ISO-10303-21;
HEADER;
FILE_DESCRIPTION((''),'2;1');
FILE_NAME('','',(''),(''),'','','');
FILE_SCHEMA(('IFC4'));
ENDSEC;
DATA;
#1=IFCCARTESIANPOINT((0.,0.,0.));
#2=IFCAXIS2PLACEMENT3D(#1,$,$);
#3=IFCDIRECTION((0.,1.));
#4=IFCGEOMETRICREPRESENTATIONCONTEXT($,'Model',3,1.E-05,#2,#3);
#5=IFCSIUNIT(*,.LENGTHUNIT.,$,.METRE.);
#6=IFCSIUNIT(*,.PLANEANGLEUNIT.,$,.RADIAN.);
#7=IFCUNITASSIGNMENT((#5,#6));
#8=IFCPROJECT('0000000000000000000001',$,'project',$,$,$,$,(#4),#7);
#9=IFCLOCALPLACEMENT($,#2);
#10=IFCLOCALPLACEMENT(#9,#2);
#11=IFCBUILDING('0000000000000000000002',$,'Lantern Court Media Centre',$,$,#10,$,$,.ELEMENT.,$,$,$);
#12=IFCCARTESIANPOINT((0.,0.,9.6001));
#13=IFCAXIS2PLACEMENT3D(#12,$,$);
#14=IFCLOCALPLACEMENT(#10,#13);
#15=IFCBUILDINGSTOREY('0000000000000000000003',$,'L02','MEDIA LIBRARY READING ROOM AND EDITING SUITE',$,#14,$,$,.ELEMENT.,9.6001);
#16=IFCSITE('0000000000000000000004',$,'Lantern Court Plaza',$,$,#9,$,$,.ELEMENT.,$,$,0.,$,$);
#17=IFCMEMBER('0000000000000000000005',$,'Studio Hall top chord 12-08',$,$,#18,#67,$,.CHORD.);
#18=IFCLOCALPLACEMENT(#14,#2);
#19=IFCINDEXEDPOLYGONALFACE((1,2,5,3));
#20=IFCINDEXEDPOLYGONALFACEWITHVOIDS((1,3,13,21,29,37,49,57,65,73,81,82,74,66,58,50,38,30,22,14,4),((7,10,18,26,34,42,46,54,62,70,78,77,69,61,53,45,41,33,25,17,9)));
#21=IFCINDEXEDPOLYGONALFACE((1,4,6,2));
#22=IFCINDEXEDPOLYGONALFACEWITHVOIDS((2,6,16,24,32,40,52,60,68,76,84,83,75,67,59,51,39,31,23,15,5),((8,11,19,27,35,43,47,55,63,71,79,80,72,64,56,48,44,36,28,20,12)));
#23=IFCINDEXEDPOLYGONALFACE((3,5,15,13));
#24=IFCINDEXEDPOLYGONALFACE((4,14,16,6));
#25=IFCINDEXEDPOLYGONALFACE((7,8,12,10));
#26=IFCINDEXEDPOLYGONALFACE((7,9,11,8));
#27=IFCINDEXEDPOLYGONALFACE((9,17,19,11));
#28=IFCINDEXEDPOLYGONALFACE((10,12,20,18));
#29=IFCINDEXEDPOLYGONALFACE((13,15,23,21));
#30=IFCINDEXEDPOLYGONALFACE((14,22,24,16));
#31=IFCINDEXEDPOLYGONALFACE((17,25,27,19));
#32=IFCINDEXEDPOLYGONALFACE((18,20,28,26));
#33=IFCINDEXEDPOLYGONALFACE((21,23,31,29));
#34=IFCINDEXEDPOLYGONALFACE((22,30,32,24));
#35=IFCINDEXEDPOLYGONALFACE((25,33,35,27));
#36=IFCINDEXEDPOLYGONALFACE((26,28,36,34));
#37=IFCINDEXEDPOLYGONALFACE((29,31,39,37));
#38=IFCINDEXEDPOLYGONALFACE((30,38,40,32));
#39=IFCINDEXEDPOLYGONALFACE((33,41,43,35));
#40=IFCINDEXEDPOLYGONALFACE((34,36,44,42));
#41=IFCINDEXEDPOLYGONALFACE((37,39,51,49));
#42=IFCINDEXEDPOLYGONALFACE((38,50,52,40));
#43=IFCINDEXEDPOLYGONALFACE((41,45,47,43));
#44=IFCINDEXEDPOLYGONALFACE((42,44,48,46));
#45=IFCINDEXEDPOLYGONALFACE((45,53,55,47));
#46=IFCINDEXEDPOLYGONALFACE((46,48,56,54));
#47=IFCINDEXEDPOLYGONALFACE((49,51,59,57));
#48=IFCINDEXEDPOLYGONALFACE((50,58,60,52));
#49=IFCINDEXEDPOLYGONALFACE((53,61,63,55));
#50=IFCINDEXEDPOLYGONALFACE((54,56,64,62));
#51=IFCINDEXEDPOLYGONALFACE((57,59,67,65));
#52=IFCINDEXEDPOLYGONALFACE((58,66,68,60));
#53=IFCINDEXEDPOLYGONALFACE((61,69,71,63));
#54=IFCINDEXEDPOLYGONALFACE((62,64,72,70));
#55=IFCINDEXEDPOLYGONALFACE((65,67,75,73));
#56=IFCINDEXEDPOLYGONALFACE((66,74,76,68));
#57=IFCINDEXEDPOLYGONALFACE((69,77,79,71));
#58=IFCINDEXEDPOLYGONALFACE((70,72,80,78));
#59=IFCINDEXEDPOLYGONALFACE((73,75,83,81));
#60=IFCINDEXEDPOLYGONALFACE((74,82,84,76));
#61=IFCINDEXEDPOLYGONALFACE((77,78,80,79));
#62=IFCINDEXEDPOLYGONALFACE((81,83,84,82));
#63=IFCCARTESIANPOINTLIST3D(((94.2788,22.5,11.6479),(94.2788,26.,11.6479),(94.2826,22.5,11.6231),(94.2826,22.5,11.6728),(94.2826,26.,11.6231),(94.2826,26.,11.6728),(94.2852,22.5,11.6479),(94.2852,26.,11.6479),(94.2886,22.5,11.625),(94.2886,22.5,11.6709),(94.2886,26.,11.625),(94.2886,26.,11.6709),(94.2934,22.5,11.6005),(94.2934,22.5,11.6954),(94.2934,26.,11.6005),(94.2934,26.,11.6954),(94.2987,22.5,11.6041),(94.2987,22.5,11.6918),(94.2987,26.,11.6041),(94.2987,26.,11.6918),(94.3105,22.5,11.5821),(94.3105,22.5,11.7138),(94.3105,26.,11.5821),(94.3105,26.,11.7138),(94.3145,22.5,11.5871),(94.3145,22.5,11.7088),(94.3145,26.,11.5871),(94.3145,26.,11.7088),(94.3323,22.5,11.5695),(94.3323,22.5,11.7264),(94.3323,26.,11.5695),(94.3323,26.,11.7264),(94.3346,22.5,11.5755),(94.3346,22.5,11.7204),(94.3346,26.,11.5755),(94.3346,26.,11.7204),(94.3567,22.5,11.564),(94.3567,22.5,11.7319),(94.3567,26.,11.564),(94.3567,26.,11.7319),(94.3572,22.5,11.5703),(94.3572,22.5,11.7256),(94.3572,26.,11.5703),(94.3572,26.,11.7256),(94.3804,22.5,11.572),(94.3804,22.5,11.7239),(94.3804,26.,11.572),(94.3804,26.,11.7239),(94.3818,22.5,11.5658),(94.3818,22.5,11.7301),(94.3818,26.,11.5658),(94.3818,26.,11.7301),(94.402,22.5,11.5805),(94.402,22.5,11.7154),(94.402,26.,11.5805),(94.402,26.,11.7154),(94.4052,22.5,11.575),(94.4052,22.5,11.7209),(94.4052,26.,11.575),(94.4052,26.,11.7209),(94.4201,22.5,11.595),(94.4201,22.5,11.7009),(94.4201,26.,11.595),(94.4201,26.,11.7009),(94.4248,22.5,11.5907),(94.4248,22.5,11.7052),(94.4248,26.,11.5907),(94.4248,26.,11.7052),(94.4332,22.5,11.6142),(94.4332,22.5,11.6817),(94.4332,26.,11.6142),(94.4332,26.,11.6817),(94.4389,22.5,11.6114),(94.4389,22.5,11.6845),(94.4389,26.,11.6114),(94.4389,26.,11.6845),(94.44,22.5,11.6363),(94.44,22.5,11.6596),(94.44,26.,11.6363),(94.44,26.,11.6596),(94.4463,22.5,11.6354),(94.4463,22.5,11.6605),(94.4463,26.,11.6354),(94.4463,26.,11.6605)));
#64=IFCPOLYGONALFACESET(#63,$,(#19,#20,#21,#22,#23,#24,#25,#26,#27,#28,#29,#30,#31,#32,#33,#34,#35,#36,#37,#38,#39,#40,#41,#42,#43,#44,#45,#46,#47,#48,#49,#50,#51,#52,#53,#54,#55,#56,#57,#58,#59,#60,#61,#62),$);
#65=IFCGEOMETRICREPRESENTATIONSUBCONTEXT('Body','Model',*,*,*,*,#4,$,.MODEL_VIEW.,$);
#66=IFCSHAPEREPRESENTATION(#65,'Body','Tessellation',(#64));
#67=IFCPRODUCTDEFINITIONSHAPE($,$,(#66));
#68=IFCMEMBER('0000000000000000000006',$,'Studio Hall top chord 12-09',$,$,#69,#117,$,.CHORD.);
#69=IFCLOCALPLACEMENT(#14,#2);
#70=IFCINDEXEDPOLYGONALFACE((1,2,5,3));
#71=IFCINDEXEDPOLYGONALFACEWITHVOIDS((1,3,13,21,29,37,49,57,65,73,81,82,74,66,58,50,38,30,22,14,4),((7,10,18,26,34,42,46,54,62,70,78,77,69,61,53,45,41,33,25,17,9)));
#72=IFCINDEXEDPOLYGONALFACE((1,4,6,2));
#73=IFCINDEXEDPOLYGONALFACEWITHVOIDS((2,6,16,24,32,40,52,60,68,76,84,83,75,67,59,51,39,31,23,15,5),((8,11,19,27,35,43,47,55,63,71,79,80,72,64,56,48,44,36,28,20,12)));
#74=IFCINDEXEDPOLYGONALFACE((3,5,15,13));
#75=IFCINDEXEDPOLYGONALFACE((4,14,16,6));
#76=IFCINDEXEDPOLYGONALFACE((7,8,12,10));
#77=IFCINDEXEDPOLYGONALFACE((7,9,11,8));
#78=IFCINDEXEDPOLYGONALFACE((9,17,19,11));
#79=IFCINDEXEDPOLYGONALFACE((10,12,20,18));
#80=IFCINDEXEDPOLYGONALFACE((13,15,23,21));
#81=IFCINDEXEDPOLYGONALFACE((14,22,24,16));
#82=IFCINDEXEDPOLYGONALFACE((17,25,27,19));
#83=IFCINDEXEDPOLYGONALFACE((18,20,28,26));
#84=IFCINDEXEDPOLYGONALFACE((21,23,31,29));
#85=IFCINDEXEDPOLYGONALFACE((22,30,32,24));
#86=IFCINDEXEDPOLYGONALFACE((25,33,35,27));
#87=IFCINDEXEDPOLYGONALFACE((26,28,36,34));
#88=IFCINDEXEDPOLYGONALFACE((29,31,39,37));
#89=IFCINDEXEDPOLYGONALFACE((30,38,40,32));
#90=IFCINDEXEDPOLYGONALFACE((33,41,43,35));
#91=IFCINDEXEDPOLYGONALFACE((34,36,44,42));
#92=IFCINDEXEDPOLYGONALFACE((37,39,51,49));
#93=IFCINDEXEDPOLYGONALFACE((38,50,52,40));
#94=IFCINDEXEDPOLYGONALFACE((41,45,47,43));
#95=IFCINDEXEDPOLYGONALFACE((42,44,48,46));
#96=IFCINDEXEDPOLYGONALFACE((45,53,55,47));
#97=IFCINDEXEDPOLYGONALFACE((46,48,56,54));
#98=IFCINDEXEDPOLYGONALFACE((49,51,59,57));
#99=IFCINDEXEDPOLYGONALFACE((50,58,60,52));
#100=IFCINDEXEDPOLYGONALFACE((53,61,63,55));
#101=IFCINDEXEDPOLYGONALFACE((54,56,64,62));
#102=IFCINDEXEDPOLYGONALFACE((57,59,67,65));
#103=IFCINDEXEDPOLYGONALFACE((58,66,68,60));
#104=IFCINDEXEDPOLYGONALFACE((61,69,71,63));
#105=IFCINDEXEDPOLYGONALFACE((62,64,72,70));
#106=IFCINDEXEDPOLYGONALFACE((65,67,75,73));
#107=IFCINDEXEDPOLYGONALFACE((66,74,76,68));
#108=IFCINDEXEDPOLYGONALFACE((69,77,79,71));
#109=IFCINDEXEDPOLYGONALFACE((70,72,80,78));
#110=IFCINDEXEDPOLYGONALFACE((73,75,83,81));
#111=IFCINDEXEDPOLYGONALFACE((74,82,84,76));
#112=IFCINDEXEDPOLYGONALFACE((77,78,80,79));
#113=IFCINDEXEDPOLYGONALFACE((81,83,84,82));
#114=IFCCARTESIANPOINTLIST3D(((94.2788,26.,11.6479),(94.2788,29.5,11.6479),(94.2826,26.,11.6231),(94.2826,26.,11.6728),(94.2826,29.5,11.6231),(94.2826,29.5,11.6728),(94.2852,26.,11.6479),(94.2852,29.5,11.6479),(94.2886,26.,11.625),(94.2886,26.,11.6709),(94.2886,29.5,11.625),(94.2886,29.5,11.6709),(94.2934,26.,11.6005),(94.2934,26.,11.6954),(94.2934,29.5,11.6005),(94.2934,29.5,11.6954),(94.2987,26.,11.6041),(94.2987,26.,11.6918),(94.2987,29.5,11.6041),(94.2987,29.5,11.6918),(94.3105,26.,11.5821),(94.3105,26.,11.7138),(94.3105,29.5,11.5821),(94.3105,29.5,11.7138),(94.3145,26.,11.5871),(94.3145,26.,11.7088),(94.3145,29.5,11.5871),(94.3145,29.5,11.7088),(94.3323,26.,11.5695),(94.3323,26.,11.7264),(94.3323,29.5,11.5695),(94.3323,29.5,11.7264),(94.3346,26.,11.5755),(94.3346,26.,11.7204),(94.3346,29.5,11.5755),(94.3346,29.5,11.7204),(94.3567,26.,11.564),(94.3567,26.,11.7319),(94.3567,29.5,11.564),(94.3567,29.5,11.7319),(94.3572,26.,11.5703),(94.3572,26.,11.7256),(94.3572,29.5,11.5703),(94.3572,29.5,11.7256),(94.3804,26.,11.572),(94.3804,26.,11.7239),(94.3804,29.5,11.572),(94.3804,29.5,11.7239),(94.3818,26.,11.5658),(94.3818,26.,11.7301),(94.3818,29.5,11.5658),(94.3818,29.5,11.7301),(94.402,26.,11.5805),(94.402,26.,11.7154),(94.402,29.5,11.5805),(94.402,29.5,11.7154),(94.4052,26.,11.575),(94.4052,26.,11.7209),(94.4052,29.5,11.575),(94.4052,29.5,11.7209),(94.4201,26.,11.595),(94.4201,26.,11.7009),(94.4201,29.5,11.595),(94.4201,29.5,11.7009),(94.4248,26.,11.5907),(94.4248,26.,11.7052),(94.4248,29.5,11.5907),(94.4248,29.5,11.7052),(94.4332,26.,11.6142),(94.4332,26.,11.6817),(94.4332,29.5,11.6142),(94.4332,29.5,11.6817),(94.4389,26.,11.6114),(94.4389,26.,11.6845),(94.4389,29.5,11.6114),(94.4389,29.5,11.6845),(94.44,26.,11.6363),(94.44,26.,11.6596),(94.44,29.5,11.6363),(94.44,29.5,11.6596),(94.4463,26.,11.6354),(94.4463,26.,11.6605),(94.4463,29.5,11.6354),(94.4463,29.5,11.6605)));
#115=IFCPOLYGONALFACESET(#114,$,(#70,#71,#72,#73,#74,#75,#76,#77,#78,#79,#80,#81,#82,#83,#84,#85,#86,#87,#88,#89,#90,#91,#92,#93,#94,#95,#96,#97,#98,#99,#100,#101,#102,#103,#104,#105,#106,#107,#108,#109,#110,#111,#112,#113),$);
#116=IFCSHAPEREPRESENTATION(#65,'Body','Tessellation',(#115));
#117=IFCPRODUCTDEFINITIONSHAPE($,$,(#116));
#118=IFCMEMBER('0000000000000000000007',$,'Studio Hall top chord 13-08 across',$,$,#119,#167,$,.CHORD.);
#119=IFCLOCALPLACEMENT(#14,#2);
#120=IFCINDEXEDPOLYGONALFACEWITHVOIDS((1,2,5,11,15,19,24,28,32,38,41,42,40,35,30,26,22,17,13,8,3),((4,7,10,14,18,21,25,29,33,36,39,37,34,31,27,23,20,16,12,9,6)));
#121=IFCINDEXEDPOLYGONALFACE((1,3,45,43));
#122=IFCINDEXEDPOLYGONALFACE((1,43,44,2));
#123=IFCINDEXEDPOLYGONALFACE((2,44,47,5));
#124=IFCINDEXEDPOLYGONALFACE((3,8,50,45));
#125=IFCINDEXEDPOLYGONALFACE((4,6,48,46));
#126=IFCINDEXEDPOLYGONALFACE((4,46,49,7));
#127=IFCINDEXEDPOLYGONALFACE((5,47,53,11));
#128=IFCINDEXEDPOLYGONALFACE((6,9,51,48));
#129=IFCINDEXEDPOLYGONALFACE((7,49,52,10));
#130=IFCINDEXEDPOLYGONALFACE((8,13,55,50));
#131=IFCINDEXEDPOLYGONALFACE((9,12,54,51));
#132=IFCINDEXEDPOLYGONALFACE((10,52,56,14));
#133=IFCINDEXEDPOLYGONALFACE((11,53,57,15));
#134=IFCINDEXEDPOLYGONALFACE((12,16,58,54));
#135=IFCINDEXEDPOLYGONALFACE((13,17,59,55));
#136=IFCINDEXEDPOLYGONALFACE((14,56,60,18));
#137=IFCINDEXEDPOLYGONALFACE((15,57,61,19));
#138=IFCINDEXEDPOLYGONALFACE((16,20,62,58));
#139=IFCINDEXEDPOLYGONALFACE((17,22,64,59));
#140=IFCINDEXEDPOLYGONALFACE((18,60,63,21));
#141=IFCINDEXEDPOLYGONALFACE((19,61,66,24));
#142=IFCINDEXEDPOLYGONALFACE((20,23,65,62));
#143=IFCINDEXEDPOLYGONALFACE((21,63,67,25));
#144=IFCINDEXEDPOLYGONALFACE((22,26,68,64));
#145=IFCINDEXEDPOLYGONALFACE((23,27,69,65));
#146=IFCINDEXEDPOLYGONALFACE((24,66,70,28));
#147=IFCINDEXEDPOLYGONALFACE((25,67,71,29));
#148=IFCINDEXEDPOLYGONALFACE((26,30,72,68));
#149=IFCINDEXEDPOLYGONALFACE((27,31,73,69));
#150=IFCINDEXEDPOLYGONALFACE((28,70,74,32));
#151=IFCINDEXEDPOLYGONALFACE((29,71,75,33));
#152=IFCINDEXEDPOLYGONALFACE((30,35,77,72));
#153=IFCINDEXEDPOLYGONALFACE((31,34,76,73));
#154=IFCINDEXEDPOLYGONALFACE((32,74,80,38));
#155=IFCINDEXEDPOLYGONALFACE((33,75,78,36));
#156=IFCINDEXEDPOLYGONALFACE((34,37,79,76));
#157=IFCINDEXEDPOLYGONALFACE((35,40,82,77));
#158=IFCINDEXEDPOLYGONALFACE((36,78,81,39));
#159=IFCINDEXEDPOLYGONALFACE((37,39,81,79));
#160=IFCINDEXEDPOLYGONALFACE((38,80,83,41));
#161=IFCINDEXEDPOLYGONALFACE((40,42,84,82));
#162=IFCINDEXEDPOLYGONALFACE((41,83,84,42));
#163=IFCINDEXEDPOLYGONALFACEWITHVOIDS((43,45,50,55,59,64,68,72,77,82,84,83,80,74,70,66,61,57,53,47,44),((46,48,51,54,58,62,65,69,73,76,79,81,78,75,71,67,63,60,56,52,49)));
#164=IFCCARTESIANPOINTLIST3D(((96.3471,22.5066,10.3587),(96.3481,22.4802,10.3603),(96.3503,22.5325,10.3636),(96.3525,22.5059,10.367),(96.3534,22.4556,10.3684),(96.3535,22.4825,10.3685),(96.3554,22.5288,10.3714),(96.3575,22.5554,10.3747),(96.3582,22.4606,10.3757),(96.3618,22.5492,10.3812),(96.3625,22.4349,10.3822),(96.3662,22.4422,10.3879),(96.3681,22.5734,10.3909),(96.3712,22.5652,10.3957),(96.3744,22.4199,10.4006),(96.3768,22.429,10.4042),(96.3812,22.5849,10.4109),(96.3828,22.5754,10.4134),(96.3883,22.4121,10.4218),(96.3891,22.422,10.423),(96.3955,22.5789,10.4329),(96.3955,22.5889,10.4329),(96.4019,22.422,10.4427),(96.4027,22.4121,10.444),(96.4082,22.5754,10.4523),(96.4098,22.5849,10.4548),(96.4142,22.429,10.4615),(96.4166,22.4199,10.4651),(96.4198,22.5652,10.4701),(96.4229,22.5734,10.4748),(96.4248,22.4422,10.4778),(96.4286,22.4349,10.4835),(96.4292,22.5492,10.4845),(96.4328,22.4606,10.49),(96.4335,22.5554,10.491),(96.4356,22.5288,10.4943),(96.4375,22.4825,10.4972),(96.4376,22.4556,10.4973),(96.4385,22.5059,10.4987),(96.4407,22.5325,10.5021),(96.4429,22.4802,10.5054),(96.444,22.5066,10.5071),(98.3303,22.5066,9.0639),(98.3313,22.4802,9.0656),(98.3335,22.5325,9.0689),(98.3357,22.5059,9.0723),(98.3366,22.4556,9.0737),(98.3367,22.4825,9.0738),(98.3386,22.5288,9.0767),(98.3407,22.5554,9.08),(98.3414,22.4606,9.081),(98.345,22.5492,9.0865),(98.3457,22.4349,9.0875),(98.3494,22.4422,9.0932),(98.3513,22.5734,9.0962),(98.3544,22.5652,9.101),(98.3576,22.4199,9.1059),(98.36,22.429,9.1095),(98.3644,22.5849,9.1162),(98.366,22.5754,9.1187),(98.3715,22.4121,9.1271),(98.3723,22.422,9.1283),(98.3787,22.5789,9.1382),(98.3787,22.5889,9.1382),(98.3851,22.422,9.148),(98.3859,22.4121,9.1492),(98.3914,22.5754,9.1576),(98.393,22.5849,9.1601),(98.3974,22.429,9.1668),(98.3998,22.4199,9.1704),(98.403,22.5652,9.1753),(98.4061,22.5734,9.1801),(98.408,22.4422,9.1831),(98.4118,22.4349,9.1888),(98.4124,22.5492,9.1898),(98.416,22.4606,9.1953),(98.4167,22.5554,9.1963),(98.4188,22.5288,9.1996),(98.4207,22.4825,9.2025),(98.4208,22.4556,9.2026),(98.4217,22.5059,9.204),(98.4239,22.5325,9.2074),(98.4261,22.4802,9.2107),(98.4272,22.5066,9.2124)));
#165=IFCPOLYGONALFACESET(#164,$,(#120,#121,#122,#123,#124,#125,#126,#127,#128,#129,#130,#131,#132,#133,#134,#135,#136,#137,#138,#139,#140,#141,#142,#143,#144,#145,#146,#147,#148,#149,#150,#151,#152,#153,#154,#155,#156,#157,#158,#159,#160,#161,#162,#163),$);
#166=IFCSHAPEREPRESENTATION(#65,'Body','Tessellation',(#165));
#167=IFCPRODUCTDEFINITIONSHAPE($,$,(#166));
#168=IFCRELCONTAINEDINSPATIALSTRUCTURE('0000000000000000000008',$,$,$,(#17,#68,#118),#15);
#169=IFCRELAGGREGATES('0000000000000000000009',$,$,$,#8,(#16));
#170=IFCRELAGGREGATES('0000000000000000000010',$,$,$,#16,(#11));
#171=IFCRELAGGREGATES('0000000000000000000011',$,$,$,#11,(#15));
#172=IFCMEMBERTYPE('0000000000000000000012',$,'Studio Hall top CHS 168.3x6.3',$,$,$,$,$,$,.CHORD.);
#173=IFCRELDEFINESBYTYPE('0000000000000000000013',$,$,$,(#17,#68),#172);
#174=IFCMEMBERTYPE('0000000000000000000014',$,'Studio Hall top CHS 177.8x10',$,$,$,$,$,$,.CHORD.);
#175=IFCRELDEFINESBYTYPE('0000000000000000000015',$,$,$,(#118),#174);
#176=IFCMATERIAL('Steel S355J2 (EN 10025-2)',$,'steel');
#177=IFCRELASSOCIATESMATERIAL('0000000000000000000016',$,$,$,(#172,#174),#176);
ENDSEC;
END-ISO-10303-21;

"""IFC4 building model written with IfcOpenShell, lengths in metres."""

from ifc_helpers import new_model, si_unit, direction, frame, origin, origin_2d, place, context, subcontext, project, spatial, hollow_circle, extrude, material, material_profile, profile_set, type_object, element, save


model = new_model("IFC4")

# Units and contexts
model_context = context("Model", 3, precision=1e-05, world=origin(), true_north=direction((0.0, 1.0)))
body_context = subcontext(model_context, "Body", "Model", "MODEL_VIEW")
ifc_project = project(units=[si_unit("LENGTHUNIT", "METRE"), si_unit("PLANEANGLEUNIT", "RADIAN")], contexts=[model_context])

# Site, building, storey
site_placement = place(None, origin())
site = spatial("IfcSite", under=ifc_project, at=site_placement, Name="Lantern Court Plaza", CompositionType="ELEMENT", RefElevation=0.0)
building_placement = place(site_placement, origin())
building = spatial("IfcBuilding", under=site, at=building_placement, Name="Lantern Court Media Centre", CompositionType="ELEMENT")
storey_placement = place(building_placement, frame((0.0, 0.0, 9.6001)))
storey = spatial("IfcBuildingStorey", under=building, at=storey_placement, Name="L02", Description="MEDIA LIBRARY READING ROOM AND EDITING SUITE", CompositionType="ELEMENT", Elevation=9.6001)

# Members
ifc_material = material(Name="Steel S355J2 (EN 10025-2)", Category="steel")
ifc_material_profile_1 = material_profile(ifc_material, hollow_circle(Radius=0.0842, WallThickness=0.0063, at=origin_2d()), Name="Studio Hall top CHS 168.3x6.3")
ifc_profile_set_1 = profile_set([ifc_material_profile_1], Name="Steel S355J2 (EN 10025-2)")
member_type_1 = type_object("IfcMemberType", Name="Studio Hall top CHS 168.3x6.3", PredefinedType="CHORD", material=ifc_profile_set_1)
for number, where, z_axis, x_axis, name in (
    (1, (94.363, 22.5, 11.6479), (0.0, 1.0, 0.0), (-1.0, 0.0, 0.0), "Studio Hall top chord 12-08"),
    (2, (94.363, 26.0, 11.6479), (0.0, 1.0, 0.0), (-1.0, 0.0, 0.0), "Studio Hall top chord 12-09"),
):
    element("IfcMember", number, at=place(storey_placement, frame(where, z_axis=z_axis, x_axis=x_axis)), inside=storey, type_object=member_type_1, Name=name, PredefinedType="CHORD", context=body_context, shape_type="SweptSolid", body=[
        extrude(hollow_circle(Radius=0.0842, WallThickness=0.0063, at=origin_2d()), origin(), (0.0, 0.0, 1.0), 3.5),
    ])
ifc_material_profile_2 = material_profile(ifc_material, hollow_circle(Radius=0.0889, WallThickness=0.01, at=origin_2d()), Name="Studio Hall top CHS 177.8x10")
ifc_profile_set_2 = profile_set([ifc_material_profile_2], Name="Steel S355J2 (EN 10025-2)")
member_type_2 = type_object("IfcMemberType", Name="Studio Hall top CHS 177.8x10", PredefinedType="CHORD", material=ifc_profile_set_2)
member_placement = place(storey_placement, frame((96.3955, 22.5, 10.4329), z_axis=(0.837356, 0.0, -0.546658), x_axis=(0.0, 1.0, 0.0)))
element("IfcMember", 3, at=member_placement, inside=storey, type_object=member_type_2, Name="Studio Hall top chord 13-08 across", PredefinedType="CHORD", context=body_context, shape_type="SweptSolid", body=[
    extrude(hollow_circle(Radius=0.0889, WallThickness=0.01, at=origin_2d()), origin(), (0.0, 0.0, 1.0), 2.3684),
])

save(model, "model.ifc")
